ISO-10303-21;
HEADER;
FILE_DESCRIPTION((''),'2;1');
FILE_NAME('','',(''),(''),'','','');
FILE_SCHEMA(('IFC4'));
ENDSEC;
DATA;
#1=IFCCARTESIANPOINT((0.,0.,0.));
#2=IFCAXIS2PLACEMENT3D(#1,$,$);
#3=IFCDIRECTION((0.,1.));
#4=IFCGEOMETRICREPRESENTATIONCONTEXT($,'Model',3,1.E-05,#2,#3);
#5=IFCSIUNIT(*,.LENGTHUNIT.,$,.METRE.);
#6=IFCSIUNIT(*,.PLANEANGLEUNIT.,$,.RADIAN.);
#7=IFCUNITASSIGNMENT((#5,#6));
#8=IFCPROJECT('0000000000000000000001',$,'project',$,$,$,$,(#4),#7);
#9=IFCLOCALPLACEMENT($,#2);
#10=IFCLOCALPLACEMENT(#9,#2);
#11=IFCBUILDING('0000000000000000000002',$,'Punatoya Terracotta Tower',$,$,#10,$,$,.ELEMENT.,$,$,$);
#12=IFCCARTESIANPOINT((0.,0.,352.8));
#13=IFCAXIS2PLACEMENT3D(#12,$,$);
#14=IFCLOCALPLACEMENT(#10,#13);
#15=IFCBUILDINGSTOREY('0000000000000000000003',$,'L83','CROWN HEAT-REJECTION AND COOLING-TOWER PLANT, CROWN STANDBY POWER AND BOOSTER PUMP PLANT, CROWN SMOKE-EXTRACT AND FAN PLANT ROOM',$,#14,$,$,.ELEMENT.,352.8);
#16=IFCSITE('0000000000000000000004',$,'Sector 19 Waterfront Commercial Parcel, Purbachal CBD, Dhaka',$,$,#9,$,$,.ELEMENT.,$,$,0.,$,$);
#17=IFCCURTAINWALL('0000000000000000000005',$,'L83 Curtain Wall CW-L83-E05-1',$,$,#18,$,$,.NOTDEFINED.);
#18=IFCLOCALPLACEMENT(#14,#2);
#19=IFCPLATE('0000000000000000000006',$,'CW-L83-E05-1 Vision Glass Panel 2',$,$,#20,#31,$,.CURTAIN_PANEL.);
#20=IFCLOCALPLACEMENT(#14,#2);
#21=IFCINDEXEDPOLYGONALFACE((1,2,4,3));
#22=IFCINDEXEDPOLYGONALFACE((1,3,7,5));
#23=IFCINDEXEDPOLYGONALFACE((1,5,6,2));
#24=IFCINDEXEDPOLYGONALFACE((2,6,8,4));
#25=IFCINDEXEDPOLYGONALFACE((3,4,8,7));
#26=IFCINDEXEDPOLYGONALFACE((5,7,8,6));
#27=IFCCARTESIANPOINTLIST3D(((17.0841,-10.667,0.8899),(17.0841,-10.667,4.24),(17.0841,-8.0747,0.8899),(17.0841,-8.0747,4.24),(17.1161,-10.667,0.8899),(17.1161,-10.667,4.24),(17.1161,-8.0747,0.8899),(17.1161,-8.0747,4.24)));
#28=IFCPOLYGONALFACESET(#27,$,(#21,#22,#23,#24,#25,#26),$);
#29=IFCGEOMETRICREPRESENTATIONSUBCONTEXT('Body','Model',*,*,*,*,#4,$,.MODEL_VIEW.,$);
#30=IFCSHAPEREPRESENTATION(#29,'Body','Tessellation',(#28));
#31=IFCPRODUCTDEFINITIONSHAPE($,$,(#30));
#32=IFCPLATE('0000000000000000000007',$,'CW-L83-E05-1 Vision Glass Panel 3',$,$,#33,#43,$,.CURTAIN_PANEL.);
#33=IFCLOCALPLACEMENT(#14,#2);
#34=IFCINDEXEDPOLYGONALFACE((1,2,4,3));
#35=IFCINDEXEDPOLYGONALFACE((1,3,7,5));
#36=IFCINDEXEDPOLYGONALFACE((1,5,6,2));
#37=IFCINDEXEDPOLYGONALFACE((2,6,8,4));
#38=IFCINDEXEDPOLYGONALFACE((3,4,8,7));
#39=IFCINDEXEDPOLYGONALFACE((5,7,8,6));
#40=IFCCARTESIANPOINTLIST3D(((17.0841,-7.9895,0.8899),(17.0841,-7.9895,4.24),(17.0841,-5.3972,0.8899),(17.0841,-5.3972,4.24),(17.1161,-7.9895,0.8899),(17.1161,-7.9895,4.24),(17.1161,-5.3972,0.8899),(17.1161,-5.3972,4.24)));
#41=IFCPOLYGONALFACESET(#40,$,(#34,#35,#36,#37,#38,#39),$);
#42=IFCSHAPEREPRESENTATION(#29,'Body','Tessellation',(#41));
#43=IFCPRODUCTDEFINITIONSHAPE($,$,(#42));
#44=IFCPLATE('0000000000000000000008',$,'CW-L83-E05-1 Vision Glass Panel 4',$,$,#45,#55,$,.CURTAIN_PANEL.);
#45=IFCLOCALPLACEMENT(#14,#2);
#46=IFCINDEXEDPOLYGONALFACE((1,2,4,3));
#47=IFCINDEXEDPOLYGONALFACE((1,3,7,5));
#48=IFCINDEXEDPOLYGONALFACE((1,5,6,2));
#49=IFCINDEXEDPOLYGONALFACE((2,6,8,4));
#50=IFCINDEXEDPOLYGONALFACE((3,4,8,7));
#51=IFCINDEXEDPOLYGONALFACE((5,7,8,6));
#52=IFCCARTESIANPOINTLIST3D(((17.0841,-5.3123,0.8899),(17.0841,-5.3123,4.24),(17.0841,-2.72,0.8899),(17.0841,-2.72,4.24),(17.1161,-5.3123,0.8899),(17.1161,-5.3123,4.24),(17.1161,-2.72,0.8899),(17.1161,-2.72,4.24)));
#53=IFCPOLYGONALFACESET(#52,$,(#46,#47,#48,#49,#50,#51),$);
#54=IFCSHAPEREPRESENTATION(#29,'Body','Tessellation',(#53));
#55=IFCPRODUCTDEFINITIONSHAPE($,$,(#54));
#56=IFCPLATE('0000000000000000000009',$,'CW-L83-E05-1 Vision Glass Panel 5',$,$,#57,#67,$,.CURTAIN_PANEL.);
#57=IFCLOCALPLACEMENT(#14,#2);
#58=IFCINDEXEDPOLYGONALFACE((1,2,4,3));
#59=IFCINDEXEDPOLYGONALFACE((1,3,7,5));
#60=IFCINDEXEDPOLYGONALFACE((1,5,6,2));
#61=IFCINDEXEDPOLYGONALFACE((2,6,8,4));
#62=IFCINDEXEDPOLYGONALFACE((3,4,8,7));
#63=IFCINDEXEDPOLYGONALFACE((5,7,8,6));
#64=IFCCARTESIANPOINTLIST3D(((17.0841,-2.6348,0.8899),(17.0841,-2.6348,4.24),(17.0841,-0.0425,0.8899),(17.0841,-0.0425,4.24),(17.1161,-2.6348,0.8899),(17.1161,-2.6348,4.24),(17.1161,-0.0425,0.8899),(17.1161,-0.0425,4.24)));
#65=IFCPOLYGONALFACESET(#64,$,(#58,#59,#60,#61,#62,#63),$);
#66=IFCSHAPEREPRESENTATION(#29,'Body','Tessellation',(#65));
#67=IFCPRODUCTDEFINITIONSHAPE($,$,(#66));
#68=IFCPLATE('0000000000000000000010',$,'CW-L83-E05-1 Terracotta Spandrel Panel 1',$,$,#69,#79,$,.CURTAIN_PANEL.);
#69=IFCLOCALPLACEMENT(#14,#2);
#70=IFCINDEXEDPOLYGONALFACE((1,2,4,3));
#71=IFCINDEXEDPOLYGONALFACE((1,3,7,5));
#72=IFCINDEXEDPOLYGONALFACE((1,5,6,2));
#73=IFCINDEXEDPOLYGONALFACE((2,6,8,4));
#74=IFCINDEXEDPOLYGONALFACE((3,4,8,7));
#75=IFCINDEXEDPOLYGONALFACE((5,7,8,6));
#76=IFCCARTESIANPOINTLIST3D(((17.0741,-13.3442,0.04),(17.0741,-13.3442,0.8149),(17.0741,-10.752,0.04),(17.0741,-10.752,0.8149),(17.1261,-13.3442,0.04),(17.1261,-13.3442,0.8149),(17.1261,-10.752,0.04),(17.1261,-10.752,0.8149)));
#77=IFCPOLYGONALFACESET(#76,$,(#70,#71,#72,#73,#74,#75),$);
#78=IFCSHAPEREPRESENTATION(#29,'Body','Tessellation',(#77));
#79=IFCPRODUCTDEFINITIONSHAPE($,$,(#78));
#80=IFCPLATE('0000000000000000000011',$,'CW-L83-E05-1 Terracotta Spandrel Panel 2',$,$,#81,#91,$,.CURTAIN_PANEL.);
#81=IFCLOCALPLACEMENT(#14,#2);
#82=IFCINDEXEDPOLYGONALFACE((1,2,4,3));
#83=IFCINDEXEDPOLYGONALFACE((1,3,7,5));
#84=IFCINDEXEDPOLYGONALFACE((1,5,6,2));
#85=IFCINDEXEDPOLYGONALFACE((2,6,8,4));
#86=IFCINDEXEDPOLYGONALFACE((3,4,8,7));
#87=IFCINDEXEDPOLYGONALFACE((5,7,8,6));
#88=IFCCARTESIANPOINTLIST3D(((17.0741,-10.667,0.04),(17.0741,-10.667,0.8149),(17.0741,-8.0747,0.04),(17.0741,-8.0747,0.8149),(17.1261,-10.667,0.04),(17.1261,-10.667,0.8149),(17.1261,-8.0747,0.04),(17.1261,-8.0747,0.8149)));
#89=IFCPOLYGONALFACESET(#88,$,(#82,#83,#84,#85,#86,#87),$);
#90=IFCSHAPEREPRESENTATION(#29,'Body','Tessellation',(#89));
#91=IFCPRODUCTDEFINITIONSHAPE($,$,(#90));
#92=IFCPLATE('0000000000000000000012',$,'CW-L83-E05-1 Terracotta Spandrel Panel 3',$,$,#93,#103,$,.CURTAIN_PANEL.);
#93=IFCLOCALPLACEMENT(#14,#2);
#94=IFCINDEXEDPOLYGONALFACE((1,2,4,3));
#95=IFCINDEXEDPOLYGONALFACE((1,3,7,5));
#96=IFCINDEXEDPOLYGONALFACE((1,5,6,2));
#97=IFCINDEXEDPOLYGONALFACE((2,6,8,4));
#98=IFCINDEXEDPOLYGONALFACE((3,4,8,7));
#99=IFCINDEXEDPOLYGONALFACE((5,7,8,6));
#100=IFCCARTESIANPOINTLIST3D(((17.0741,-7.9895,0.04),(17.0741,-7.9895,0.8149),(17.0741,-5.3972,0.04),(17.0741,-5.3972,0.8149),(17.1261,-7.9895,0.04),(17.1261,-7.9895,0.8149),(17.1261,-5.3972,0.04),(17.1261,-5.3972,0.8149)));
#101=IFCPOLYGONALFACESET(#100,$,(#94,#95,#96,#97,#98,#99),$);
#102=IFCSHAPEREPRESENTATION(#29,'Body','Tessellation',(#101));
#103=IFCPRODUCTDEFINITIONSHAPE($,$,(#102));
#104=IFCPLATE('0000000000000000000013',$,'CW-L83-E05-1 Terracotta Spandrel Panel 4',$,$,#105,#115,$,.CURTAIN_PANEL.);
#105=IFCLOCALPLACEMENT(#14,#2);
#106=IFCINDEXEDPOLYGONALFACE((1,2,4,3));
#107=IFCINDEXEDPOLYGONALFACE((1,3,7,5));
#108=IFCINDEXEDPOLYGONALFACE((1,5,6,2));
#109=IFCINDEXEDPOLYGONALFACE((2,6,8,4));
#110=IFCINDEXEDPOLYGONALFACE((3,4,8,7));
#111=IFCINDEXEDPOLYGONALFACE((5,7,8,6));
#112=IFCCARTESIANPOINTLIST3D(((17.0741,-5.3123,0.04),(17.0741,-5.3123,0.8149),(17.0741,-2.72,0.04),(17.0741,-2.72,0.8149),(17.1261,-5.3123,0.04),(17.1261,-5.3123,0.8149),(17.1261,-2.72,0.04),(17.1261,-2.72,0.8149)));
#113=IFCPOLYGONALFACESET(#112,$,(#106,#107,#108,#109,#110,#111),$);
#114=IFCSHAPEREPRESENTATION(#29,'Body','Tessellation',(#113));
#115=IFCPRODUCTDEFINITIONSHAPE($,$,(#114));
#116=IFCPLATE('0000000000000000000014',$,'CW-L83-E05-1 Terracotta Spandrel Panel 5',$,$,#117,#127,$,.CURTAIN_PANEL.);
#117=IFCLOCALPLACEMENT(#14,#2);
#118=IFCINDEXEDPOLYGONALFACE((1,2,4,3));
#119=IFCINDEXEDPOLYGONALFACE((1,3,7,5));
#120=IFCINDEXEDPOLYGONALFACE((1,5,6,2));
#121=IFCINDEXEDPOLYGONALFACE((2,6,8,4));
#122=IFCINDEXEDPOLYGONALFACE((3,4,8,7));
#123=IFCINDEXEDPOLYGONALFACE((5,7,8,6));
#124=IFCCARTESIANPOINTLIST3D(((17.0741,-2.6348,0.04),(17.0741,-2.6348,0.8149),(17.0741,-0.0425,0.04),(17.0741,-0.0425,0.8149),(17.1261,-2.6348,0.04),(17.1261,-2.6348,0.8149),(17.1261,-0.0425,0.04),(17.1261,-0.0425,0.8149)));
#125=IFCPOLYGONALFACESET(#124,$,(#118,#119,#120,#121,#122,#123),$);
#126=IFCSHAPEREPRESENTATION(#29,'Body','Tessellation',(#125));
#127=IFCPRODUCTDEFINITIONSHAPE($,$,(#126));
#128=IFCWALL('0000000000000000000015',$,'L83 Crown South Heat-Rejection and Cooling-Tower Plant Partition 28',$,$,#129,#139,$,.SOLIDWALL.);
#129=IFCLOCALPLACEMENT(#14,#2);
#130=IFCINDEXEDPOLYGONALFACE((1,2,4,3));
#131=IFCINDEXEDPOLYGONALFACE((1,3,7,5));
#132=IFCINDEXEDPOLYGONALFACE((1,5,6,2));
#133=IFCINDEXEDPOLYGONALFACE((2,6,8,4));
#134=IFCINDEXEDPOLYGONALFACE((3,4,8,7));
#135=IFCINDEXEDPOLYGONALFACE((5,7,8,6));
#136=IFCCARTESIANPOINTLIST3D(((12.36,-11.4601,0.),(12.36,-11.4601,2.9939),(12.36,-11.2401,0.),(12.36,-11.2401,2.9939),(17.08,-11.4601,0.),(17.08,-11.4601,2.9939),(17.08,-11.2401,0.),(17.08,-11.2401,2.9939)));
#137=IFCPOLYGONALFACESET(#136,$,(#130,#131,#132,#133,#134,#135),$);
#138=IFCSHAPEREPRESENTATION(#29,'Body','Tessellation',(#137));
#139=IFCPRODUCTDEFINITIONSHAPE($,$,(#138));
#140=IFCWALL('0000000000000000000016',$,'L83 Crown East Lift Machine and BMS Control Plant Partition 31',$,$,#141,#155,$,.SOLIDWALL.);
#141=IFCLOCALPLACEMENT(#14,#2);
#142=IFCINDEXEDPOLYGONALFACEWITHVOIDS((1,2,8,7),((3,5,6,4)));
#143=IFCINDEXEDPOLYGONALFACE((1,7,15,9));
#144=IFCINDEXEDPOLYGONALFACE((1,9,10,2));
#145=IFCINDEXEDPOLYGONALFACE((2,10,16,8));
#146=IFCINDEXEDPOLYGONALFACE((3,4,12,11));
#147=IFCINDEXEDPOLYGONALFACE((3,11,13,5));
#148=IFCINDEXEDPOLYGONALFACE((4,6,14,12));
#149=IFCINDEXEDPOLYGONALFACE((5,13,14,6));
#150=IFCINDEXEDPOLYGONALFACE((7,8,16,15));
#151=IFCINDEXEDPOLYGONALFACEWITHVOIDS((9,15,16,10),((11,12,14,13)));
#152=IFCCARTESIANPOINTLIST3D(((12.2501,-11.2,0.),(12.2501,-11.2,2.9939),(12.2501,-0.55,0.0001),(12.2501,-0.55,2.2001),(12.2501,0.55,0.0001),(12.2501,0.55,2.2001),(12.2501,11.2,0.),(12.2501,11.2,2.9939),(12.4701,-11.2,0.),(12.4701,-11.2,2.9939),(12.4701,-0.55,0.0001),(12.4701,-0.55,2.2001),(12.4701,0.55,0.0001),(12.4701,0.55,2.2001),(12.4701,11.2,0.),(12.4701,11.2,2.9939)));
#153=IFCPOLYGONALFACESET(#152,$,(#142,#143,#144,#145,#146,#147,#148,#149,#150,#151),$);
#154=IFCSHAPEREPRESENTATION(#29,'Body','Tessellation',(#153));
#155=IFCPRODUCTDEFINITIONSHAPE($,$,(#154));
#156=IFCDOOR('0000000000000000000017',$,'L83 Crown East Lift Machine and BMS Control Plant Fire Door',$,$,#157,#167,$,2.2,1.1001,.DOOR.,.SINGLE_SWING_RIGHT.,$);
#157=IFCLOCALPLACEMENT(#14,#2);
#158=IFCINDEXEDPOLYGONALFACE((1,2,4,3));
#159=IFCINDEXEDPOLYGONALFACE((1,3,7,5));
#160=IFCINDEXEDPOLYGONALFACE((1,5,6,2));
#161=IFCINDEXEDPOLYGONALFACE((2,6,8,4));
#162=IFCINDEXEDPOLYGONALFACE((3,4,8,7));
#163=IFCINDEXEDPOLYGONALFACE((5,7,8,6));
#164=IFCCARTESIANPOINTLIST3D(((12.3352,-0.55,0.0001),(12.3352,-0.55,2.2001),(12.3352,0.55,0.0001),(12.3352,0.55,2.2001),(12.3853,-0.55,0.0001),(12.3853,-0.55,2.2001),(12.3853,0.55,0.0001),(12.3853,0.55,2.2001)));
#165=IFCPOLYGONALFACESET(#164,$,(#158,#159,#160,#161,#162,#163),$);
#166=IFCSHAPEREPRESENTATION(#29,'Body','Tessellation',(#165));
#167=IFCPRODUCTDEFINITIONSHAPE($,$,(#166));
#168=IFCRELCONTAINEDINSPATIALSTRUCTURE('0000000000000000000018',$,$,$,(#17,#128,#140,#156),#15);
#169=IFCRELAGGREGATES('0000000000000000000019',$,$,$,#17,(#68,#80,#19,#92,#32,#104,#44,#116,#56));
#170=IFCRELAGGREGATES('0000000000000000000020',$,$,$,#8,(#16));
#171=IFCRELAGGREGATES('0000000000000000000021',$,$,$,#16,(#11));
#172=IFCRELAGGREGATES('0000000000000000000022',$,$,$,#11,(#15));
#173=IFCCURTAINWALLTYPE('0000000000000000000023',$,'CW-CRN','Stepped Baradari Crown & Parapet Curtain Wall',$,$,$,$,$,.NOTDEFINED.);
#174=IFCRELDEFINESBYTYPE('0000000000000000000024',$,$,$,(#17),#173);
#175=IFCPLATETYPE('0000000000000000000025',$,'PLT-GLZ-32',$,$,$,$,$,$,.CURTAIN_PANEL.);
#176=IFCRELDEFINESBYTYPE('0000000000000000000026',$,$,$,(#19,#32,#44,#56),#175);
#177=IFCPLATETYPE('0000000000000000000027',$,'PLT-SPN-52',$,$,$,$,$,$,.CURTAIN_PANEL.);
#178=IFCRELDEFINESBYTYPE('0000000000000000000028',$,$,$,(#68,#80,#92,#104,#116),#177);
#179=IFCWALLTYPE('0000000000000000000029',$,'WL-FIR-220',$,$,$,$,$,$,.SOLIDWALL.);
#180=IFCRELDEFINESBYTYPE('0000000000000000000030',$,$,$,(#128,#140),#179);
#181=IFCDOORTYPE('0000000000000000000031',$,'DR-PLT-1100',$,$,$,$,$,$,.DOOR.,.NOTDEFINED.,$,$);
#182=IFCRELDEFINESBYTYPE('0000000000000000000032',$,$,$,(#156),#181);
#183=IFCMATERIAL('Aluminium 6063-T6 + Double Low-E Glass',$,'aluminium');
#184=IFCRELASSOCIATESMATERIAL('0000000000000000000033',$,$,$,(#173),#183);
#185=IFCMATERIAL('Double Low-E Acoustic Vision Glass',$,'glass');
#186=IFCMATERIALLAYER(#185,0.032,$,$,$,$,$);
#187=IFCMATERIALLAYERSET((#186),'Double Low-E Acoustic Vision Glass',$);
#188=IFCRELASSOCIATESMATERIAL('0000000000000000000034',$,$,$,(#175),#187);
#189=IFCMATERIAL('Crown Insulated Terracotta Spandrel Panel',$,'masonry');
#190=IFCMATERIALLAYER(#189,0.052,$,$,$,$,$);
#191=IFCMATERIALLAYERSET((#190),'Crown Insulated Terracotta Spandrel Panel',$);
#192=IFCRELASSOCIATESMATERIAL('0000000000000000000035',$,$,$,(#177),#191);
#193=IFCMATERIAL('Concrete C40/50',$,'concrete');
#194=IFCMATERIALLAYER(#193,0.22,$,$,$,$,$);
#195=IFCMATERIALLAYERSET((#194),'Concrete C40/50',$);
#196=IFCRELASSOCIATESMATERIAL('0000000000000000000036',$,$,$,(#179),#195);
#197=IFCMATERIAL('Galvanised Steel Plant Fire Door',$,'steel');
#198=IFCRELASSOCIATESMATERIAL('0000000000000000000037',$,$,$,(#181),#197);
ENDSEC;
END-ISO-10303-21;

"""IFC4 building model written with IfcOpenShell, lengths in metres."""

from ifc_helpers import new_model, si_unit, direction, frame, frame_2d, origin, origin_2d, place, context, subcontext, project, spatial, rectangle, extrude, material, layer, layer_set, type_object, element, fill, aggregate, save


model = new_model("IFC4")

# Units and contexts
model_context = context("Model", 3, precision=1e-05, world=origin(), true_north=direction((0.0, 1.0)))
body_context = subcontext(model_context, "Body", "Model", "MODEL_VIEW")
ifc_project = project(units=[si_unit("LENGTHUNIT", "METRE"), si_unit("PLANEANGLEUNIT", "RADIAN")], contexts=[model_context])

# Site, building, storey
site_placement = place(None, origin())
site = spatial("IfcSite", under=ifc_project, at=site_placement, Name="Sector 19 Waterfront Commercial Parcel, Purbachal CBD, Dhaka", CompositionType="ELEMENT", RefElevation=0.0)
building_placement = place(site_placement, origin())
building = spatial("IfcBuilding", under=site, at=building_placement, Name="Punatoya Terracotta Tower", CompositionType="ELEMENT")
storey_placement = place(building_placement, frame((0.0, 0.0, 352.8)))
storey = spatial("IfcBuildingStorey", under=building, at=storey_placement, Name="L83", Description="CROWN HEAT-REJECTION AND COOLING-TOWER PLANT, CROWN STANDBY POWER AND BOOSTER PUMP PLANT, CROWN SMOKE-EXTRACT AND FAN PLANT ROOM", CompositionType="ELEMENT", Elevation=352.8)

# Curtain wall, plates
ifc_material_1 = material(Name="Aluminium 6063-T6 + Double Low-E Glass", Category="aluminium")
curtain_wall_type = type_object("IfcCurtainWallType", Name="CW-CRN", Description="Stepped Baradari Crown & Parapet Curtain Wall", PredefinedType="NOTDEFINED", material=ifc_material_1)
curtain_wall_placement = place(storey_placement, origin())
curtain_wall = element("IfcCurtainWall", 1, at=curtain_wall_placement, inside=storey, type_object=curtain_wall_type, Name="L83 Curtain Wall CW-L83-E05-1", PredefinedType="NOTDEFINED")
ifc_material_2 = material(Name="Double Low-E Acoustic Vision Glass", Category="glass")
ifc_layer_1 = layer(ifc_material_2, 0.032)
ifc_layer_set_1 = layer_set([ifc_layer_1], Name="Double Low-E Acoustic Vision Glass")
plate_type_1 = type_object("IfcPlateType", Name="PLT-GLZ-32", PredefinedType="CURTAIN_PANEL", material=ifc_layer_set_1)
plate_1_placement = place(storey_placement, frame((17.1001, -9.3708, 0.8899), z_axis=(0.0, 0.0, 1.0), x_axis=(0.0, 1.0, 0.0)))
plate_1 = element("IfcPlate", 2, at=plate_1_placement, type_object=plate_type_1, Name="CW-L83-E05-1 Vision Glass Panel 2", PredefinedType="CURTAIN_PANEL", context=body_context, shape_type="SweptSolid", body=[
    extrude(rectangle(XDim=2.5923, YDim=0.032, at=origin_2d()), origin(), (0.0, 0.0, 1.0), 3.3501),
])
plate_2_placement = place(storey_placement, frame((17.1001, -6.6934, 0.8899), z_axis=(0.0, 0.0, 1.0), x_axis=(0.0, 1.0, 0.0)))
plate_2 = element("IfcPlate", 3, at=plate_2_placement, type_object=plate_type_1, Name="CW-L83-E05-1 Vision Glass Panel 3", PredefinedType="CURTAIN_PANEL", context=body_context, shape_type="SweptSolid", body=[
    extrude(rectangle(XDim=2.5923, YDim=0.032, at=origin_2d()), origin(), (0.0, 0.0, 1.0), 3.3501),
])
plate_3_placement = place(storey_placement, frame((17.1001, -4.0161, 0.8899), z_axis=(0.0, 0.0, 1.0), x_axis=(0.0, 1.0, 0.0)))
plate_3 = element("IfcPlate", 4, at=plate_3_placement, type_object=plate_type_1, Name="CW-L83-E05-1 Vision Glass Panel 4", PredefinedType="CURTAIN_PANEL", context=body_context, shape_type="SweptSolid", body=[
    extrude(rectangle(XDim=2.5923, YDim=0.032, at=origin_2d()), origin(), (0.0, 0.0, 1.0), 3.3501),
])
plate_4_placement = place(storey_placement, frame((17.1001, -1.3386, 0.8899), z_axis=(0.0, 0.0, 1.0), x_axis=(0.0, 1.0, 0.0)))
plate_4 = element("IfcPlate", 5, at=plate_4_placement, type_object=plate_type_1, Name="CW-L83-E05-1 Vision Glass Panel 5", PredefinedType="CURTAIN_PANEL", context=body_context, shape_type="SweptSolid", body=[
    extrude(rectangle(XDim=2.5923, YDim=0.032, at=origin_2d()), origin(), (0.0, 0.0, 1.0), 3.3501),
])
ifc_material_3 = material(Name="Crown Insulated Terracotta Spandrel Panel", Category="masonry")
ifc_layer_2 = layer(ifc_material_3, 0.052)
ifc_layer_set_2 = layer_set([ifc_layer_2], Name="Crown Insulated Terracotta Spandrel Panel")
plate_type_2 = type_object("IfcPlateType", Name="PLT-SPN-52", PredefinedType="CURTAIN_PANEL", material=ifc_layer_set_2)
plate_5_placement = place(storey_placement, frame((17.1001, -12.0481, 0.04), z_axis=(0.0, 0.0, 1.0), x_axis=(0.0, 1.0, 0.0)))
plate_5 = element("IfcPlate", 6, at=plate_5_placement, type_object=plate_type_2, Name="CW-L83-E05-1 Terracotta Spandrel Panel 1", PredefinedType="CURTAIN_PANEL", context=body_context, shape_type="SweptSolid", body=[
    extrude(rectangle(XDim=2.5923, YDim=0.052, at=origin_2d()), origin(), (0.0, 0.0, 1.0), 0.7749),
])
plate_6_placement = place(storey_placement, frame((17.1001, -9.3708, 0.04), z_axis=(0.0, 0.0, 1.0), x_axis=(0.0, 1.0, 0.0)))
plate_6 = element("IfcPlate", 7, at=plate_6_placement, type_object=plate_type_2, Name="CW-L83-E05-1 Terracotta Spandrel Panel 2", PredefinedType="CURTAIN_PANEL", context=body_context, shape_type="SweptSolid", body=[
    extrude(rectangle(XDim=2.5923, YDim=0.052, at=origin_2d()), origin(), (0.0, 0.0, 1.0), 0.7749),
])
plate_7_placement = place(storey_placement, frame((17.1001, -6.6934, 0.04), z_axis=(0.0, 0.0, 1.0), x_axis=(0.0, 1.0, 0.0)))
plate_7 = element("IfcPlate", 8, at=plate_7_placement, type_object=plate_type_2, Name="CW-L83-E05-1 Terracotta Spandrel Panel 3", PredefinedType="CURTAIN_PANEL", context=body_context, shape_type="SweptSolid", body=[
    extrude(rectangle(XDim=2.5923, YDim=0.052, at=origin_2d()), origin(), (0.0, 0.0, 1.0), 0.7749),
])
plate_8_placement = place(storey_placement, frame((17.1001, -4.0161, 0.04), z_axis=(0.0, 0.0, 1.0), x_axis=(0.0, 1.0, 0.0)))
plate_8 = element("IfcPlate", 9, at=plate_8_placement, type_object=plate_type_2, Name="CW-L83-E05-1 Terracotta Spandrel Panel 4", PredefinedType="CURTAIN_PANEL", context=body_context, shape_type="SweptSolid", body=[
    extrude(rectangle(XDim=2.5923, YDim=0.052, at=origin_2d()), origin(), (0.0, 0.0, 1.0), 0.7749),
])
plate_9_placement = place(storey_placement, frame((17.1001, -1.3386, 0.04), z_axis=(0.0, 0.0, 1.0), x_axis=(0.0, 1.0, 0.0)))
plate_9 = element("IfcPlate", 10, at=plate_9_placement, type_object=plate_type_2, Name="CW-L83-E05-1 Terracotta Spandrel Panel 5", PredefinedType="CURTAIN_PANEL", context=body_context, shape_type="SweptSolid", body=[
    extrude(rectangle(XDim=2.5923, YDim=0.052, at=origin_2d()), origin(), (0.0, 0.0, 1.0), 0.7749),
])
aggregate(curtain_wall, [plate_5, plate_6, plate_1, plate_7, plate_2, plate_8, plate_3, plate_9, plate_4])

# Wall
ifc_material_4 = material(Name="Concrete C40/50", Category="concrete")
ifc_layer_3 = layer(ifc_material_4, 0.22)
ifc_layer_set_3 = layer_set([ifc_layer_3], Name="Concrete C40/50")
wall_type = type_object("IfcWallType", Name="WL-FIR-220", PredefinedType="SOLIDWALL", material=ifc_layer_set_3)
wall_1_placement = place(storey_placement, frame((12.3601, -11.3501, 0.0), z_axis=(0.0, 0.0, 1.0), x_axis=(1.0, 0.0, 0.0)))
element("IfcWall", 11, at=wall_1_placement, inside=storey, type_object=wall_type, Name="L83 Crown South Heat-Rejection and Cooling-Tower Plant Partition 28", PredefinedType="SOLIDWALL", context=body_context, shape_type="SweptSolid", body=[
    extrude(rectangle(XDim=4.72, YDim=0.22, at=frame_2d((2.3599, 0.0))), origin(), (0.0, 0.0, 1.0), 2.9939),
])

# Wall, opening, door
wall_2_placement = place(storey_placement, frame((12.3601, -11.2, 0.0), z_axis=(0.0, 0.0, 1.0), x_axis=(0.0, 1.0, 0.0)))
wall_2 = element("IfcWall", 12, at=wall_2_placement, inside=storey, type_object=wall_type, Name="L83 Crown East Lift Machine and BMS Control Plant Partition 31", PredefinedType="SOLIDWALL", context=body_context, shape_type="SweptSolid", body=[
    extrude(rectangle(XDim=22.3999, YDim=0.22, at=frame_2d((11.2, 0.0))), origin(), (0.0, 0.0, 1.0), 2.9939),
])
opening_placement = place(wall_2_placement, frame((10.6499, 0.0, 0.0)))
opening = element("IfcOpeningElement", 13, at=opening_placement, cuts=wall_2, PredefinedType="OPENING", context=body_context, shape_type="SweptSolid", body=[
    extrude(rectangle(XDim=1.1001, YDim=2.2, at=frame_2d((0.55, 1.1001))), frame((0.0, 0.1199, 0.0), z_axis=(0.0, -1.0, 0.0), x_axis=(1.0, 0.0, 0.0)), (0.0, 0.0, 1.0), 0.24),
])
ifc_material_5 = material(Name="Galvanised Steel Plant Fire Door", Category="steel")
door_type = type_object("IfcDoorType", Name="DR-PLT-1100", OperationType="NOTDEFINED", PredefinedType="DOOR", material=ifc_material_5)
door_placement = place(opening_placement, origin())
door = element("IfcDoor", 14, at=door_placement, inside=storey, type_object=door_type, Name="L83 Crown East Lift Machine and BMS Control Plant Fire Door", OperationType="SINGLE_SWING_RIGHT", OverallHeight=2.2, OverallWidth=1.1001, PredefinedType="DOOR", context=body_context, shape_type="SweptSolid", body=[
    extrude(rectangle(XDim=1.1001, YDim=2.2, at=frame_2d((0.55, 1.1001))), frame((0.0, 0.0249, 0.0), z_axis=(0.0, -1.0, 0.0), x_axis=(1.0, 0.0, 0.0)), (0.0, 0.0, 1.0), 0.05),
])
fill(opening, door)

save(model, "model.ifc")
